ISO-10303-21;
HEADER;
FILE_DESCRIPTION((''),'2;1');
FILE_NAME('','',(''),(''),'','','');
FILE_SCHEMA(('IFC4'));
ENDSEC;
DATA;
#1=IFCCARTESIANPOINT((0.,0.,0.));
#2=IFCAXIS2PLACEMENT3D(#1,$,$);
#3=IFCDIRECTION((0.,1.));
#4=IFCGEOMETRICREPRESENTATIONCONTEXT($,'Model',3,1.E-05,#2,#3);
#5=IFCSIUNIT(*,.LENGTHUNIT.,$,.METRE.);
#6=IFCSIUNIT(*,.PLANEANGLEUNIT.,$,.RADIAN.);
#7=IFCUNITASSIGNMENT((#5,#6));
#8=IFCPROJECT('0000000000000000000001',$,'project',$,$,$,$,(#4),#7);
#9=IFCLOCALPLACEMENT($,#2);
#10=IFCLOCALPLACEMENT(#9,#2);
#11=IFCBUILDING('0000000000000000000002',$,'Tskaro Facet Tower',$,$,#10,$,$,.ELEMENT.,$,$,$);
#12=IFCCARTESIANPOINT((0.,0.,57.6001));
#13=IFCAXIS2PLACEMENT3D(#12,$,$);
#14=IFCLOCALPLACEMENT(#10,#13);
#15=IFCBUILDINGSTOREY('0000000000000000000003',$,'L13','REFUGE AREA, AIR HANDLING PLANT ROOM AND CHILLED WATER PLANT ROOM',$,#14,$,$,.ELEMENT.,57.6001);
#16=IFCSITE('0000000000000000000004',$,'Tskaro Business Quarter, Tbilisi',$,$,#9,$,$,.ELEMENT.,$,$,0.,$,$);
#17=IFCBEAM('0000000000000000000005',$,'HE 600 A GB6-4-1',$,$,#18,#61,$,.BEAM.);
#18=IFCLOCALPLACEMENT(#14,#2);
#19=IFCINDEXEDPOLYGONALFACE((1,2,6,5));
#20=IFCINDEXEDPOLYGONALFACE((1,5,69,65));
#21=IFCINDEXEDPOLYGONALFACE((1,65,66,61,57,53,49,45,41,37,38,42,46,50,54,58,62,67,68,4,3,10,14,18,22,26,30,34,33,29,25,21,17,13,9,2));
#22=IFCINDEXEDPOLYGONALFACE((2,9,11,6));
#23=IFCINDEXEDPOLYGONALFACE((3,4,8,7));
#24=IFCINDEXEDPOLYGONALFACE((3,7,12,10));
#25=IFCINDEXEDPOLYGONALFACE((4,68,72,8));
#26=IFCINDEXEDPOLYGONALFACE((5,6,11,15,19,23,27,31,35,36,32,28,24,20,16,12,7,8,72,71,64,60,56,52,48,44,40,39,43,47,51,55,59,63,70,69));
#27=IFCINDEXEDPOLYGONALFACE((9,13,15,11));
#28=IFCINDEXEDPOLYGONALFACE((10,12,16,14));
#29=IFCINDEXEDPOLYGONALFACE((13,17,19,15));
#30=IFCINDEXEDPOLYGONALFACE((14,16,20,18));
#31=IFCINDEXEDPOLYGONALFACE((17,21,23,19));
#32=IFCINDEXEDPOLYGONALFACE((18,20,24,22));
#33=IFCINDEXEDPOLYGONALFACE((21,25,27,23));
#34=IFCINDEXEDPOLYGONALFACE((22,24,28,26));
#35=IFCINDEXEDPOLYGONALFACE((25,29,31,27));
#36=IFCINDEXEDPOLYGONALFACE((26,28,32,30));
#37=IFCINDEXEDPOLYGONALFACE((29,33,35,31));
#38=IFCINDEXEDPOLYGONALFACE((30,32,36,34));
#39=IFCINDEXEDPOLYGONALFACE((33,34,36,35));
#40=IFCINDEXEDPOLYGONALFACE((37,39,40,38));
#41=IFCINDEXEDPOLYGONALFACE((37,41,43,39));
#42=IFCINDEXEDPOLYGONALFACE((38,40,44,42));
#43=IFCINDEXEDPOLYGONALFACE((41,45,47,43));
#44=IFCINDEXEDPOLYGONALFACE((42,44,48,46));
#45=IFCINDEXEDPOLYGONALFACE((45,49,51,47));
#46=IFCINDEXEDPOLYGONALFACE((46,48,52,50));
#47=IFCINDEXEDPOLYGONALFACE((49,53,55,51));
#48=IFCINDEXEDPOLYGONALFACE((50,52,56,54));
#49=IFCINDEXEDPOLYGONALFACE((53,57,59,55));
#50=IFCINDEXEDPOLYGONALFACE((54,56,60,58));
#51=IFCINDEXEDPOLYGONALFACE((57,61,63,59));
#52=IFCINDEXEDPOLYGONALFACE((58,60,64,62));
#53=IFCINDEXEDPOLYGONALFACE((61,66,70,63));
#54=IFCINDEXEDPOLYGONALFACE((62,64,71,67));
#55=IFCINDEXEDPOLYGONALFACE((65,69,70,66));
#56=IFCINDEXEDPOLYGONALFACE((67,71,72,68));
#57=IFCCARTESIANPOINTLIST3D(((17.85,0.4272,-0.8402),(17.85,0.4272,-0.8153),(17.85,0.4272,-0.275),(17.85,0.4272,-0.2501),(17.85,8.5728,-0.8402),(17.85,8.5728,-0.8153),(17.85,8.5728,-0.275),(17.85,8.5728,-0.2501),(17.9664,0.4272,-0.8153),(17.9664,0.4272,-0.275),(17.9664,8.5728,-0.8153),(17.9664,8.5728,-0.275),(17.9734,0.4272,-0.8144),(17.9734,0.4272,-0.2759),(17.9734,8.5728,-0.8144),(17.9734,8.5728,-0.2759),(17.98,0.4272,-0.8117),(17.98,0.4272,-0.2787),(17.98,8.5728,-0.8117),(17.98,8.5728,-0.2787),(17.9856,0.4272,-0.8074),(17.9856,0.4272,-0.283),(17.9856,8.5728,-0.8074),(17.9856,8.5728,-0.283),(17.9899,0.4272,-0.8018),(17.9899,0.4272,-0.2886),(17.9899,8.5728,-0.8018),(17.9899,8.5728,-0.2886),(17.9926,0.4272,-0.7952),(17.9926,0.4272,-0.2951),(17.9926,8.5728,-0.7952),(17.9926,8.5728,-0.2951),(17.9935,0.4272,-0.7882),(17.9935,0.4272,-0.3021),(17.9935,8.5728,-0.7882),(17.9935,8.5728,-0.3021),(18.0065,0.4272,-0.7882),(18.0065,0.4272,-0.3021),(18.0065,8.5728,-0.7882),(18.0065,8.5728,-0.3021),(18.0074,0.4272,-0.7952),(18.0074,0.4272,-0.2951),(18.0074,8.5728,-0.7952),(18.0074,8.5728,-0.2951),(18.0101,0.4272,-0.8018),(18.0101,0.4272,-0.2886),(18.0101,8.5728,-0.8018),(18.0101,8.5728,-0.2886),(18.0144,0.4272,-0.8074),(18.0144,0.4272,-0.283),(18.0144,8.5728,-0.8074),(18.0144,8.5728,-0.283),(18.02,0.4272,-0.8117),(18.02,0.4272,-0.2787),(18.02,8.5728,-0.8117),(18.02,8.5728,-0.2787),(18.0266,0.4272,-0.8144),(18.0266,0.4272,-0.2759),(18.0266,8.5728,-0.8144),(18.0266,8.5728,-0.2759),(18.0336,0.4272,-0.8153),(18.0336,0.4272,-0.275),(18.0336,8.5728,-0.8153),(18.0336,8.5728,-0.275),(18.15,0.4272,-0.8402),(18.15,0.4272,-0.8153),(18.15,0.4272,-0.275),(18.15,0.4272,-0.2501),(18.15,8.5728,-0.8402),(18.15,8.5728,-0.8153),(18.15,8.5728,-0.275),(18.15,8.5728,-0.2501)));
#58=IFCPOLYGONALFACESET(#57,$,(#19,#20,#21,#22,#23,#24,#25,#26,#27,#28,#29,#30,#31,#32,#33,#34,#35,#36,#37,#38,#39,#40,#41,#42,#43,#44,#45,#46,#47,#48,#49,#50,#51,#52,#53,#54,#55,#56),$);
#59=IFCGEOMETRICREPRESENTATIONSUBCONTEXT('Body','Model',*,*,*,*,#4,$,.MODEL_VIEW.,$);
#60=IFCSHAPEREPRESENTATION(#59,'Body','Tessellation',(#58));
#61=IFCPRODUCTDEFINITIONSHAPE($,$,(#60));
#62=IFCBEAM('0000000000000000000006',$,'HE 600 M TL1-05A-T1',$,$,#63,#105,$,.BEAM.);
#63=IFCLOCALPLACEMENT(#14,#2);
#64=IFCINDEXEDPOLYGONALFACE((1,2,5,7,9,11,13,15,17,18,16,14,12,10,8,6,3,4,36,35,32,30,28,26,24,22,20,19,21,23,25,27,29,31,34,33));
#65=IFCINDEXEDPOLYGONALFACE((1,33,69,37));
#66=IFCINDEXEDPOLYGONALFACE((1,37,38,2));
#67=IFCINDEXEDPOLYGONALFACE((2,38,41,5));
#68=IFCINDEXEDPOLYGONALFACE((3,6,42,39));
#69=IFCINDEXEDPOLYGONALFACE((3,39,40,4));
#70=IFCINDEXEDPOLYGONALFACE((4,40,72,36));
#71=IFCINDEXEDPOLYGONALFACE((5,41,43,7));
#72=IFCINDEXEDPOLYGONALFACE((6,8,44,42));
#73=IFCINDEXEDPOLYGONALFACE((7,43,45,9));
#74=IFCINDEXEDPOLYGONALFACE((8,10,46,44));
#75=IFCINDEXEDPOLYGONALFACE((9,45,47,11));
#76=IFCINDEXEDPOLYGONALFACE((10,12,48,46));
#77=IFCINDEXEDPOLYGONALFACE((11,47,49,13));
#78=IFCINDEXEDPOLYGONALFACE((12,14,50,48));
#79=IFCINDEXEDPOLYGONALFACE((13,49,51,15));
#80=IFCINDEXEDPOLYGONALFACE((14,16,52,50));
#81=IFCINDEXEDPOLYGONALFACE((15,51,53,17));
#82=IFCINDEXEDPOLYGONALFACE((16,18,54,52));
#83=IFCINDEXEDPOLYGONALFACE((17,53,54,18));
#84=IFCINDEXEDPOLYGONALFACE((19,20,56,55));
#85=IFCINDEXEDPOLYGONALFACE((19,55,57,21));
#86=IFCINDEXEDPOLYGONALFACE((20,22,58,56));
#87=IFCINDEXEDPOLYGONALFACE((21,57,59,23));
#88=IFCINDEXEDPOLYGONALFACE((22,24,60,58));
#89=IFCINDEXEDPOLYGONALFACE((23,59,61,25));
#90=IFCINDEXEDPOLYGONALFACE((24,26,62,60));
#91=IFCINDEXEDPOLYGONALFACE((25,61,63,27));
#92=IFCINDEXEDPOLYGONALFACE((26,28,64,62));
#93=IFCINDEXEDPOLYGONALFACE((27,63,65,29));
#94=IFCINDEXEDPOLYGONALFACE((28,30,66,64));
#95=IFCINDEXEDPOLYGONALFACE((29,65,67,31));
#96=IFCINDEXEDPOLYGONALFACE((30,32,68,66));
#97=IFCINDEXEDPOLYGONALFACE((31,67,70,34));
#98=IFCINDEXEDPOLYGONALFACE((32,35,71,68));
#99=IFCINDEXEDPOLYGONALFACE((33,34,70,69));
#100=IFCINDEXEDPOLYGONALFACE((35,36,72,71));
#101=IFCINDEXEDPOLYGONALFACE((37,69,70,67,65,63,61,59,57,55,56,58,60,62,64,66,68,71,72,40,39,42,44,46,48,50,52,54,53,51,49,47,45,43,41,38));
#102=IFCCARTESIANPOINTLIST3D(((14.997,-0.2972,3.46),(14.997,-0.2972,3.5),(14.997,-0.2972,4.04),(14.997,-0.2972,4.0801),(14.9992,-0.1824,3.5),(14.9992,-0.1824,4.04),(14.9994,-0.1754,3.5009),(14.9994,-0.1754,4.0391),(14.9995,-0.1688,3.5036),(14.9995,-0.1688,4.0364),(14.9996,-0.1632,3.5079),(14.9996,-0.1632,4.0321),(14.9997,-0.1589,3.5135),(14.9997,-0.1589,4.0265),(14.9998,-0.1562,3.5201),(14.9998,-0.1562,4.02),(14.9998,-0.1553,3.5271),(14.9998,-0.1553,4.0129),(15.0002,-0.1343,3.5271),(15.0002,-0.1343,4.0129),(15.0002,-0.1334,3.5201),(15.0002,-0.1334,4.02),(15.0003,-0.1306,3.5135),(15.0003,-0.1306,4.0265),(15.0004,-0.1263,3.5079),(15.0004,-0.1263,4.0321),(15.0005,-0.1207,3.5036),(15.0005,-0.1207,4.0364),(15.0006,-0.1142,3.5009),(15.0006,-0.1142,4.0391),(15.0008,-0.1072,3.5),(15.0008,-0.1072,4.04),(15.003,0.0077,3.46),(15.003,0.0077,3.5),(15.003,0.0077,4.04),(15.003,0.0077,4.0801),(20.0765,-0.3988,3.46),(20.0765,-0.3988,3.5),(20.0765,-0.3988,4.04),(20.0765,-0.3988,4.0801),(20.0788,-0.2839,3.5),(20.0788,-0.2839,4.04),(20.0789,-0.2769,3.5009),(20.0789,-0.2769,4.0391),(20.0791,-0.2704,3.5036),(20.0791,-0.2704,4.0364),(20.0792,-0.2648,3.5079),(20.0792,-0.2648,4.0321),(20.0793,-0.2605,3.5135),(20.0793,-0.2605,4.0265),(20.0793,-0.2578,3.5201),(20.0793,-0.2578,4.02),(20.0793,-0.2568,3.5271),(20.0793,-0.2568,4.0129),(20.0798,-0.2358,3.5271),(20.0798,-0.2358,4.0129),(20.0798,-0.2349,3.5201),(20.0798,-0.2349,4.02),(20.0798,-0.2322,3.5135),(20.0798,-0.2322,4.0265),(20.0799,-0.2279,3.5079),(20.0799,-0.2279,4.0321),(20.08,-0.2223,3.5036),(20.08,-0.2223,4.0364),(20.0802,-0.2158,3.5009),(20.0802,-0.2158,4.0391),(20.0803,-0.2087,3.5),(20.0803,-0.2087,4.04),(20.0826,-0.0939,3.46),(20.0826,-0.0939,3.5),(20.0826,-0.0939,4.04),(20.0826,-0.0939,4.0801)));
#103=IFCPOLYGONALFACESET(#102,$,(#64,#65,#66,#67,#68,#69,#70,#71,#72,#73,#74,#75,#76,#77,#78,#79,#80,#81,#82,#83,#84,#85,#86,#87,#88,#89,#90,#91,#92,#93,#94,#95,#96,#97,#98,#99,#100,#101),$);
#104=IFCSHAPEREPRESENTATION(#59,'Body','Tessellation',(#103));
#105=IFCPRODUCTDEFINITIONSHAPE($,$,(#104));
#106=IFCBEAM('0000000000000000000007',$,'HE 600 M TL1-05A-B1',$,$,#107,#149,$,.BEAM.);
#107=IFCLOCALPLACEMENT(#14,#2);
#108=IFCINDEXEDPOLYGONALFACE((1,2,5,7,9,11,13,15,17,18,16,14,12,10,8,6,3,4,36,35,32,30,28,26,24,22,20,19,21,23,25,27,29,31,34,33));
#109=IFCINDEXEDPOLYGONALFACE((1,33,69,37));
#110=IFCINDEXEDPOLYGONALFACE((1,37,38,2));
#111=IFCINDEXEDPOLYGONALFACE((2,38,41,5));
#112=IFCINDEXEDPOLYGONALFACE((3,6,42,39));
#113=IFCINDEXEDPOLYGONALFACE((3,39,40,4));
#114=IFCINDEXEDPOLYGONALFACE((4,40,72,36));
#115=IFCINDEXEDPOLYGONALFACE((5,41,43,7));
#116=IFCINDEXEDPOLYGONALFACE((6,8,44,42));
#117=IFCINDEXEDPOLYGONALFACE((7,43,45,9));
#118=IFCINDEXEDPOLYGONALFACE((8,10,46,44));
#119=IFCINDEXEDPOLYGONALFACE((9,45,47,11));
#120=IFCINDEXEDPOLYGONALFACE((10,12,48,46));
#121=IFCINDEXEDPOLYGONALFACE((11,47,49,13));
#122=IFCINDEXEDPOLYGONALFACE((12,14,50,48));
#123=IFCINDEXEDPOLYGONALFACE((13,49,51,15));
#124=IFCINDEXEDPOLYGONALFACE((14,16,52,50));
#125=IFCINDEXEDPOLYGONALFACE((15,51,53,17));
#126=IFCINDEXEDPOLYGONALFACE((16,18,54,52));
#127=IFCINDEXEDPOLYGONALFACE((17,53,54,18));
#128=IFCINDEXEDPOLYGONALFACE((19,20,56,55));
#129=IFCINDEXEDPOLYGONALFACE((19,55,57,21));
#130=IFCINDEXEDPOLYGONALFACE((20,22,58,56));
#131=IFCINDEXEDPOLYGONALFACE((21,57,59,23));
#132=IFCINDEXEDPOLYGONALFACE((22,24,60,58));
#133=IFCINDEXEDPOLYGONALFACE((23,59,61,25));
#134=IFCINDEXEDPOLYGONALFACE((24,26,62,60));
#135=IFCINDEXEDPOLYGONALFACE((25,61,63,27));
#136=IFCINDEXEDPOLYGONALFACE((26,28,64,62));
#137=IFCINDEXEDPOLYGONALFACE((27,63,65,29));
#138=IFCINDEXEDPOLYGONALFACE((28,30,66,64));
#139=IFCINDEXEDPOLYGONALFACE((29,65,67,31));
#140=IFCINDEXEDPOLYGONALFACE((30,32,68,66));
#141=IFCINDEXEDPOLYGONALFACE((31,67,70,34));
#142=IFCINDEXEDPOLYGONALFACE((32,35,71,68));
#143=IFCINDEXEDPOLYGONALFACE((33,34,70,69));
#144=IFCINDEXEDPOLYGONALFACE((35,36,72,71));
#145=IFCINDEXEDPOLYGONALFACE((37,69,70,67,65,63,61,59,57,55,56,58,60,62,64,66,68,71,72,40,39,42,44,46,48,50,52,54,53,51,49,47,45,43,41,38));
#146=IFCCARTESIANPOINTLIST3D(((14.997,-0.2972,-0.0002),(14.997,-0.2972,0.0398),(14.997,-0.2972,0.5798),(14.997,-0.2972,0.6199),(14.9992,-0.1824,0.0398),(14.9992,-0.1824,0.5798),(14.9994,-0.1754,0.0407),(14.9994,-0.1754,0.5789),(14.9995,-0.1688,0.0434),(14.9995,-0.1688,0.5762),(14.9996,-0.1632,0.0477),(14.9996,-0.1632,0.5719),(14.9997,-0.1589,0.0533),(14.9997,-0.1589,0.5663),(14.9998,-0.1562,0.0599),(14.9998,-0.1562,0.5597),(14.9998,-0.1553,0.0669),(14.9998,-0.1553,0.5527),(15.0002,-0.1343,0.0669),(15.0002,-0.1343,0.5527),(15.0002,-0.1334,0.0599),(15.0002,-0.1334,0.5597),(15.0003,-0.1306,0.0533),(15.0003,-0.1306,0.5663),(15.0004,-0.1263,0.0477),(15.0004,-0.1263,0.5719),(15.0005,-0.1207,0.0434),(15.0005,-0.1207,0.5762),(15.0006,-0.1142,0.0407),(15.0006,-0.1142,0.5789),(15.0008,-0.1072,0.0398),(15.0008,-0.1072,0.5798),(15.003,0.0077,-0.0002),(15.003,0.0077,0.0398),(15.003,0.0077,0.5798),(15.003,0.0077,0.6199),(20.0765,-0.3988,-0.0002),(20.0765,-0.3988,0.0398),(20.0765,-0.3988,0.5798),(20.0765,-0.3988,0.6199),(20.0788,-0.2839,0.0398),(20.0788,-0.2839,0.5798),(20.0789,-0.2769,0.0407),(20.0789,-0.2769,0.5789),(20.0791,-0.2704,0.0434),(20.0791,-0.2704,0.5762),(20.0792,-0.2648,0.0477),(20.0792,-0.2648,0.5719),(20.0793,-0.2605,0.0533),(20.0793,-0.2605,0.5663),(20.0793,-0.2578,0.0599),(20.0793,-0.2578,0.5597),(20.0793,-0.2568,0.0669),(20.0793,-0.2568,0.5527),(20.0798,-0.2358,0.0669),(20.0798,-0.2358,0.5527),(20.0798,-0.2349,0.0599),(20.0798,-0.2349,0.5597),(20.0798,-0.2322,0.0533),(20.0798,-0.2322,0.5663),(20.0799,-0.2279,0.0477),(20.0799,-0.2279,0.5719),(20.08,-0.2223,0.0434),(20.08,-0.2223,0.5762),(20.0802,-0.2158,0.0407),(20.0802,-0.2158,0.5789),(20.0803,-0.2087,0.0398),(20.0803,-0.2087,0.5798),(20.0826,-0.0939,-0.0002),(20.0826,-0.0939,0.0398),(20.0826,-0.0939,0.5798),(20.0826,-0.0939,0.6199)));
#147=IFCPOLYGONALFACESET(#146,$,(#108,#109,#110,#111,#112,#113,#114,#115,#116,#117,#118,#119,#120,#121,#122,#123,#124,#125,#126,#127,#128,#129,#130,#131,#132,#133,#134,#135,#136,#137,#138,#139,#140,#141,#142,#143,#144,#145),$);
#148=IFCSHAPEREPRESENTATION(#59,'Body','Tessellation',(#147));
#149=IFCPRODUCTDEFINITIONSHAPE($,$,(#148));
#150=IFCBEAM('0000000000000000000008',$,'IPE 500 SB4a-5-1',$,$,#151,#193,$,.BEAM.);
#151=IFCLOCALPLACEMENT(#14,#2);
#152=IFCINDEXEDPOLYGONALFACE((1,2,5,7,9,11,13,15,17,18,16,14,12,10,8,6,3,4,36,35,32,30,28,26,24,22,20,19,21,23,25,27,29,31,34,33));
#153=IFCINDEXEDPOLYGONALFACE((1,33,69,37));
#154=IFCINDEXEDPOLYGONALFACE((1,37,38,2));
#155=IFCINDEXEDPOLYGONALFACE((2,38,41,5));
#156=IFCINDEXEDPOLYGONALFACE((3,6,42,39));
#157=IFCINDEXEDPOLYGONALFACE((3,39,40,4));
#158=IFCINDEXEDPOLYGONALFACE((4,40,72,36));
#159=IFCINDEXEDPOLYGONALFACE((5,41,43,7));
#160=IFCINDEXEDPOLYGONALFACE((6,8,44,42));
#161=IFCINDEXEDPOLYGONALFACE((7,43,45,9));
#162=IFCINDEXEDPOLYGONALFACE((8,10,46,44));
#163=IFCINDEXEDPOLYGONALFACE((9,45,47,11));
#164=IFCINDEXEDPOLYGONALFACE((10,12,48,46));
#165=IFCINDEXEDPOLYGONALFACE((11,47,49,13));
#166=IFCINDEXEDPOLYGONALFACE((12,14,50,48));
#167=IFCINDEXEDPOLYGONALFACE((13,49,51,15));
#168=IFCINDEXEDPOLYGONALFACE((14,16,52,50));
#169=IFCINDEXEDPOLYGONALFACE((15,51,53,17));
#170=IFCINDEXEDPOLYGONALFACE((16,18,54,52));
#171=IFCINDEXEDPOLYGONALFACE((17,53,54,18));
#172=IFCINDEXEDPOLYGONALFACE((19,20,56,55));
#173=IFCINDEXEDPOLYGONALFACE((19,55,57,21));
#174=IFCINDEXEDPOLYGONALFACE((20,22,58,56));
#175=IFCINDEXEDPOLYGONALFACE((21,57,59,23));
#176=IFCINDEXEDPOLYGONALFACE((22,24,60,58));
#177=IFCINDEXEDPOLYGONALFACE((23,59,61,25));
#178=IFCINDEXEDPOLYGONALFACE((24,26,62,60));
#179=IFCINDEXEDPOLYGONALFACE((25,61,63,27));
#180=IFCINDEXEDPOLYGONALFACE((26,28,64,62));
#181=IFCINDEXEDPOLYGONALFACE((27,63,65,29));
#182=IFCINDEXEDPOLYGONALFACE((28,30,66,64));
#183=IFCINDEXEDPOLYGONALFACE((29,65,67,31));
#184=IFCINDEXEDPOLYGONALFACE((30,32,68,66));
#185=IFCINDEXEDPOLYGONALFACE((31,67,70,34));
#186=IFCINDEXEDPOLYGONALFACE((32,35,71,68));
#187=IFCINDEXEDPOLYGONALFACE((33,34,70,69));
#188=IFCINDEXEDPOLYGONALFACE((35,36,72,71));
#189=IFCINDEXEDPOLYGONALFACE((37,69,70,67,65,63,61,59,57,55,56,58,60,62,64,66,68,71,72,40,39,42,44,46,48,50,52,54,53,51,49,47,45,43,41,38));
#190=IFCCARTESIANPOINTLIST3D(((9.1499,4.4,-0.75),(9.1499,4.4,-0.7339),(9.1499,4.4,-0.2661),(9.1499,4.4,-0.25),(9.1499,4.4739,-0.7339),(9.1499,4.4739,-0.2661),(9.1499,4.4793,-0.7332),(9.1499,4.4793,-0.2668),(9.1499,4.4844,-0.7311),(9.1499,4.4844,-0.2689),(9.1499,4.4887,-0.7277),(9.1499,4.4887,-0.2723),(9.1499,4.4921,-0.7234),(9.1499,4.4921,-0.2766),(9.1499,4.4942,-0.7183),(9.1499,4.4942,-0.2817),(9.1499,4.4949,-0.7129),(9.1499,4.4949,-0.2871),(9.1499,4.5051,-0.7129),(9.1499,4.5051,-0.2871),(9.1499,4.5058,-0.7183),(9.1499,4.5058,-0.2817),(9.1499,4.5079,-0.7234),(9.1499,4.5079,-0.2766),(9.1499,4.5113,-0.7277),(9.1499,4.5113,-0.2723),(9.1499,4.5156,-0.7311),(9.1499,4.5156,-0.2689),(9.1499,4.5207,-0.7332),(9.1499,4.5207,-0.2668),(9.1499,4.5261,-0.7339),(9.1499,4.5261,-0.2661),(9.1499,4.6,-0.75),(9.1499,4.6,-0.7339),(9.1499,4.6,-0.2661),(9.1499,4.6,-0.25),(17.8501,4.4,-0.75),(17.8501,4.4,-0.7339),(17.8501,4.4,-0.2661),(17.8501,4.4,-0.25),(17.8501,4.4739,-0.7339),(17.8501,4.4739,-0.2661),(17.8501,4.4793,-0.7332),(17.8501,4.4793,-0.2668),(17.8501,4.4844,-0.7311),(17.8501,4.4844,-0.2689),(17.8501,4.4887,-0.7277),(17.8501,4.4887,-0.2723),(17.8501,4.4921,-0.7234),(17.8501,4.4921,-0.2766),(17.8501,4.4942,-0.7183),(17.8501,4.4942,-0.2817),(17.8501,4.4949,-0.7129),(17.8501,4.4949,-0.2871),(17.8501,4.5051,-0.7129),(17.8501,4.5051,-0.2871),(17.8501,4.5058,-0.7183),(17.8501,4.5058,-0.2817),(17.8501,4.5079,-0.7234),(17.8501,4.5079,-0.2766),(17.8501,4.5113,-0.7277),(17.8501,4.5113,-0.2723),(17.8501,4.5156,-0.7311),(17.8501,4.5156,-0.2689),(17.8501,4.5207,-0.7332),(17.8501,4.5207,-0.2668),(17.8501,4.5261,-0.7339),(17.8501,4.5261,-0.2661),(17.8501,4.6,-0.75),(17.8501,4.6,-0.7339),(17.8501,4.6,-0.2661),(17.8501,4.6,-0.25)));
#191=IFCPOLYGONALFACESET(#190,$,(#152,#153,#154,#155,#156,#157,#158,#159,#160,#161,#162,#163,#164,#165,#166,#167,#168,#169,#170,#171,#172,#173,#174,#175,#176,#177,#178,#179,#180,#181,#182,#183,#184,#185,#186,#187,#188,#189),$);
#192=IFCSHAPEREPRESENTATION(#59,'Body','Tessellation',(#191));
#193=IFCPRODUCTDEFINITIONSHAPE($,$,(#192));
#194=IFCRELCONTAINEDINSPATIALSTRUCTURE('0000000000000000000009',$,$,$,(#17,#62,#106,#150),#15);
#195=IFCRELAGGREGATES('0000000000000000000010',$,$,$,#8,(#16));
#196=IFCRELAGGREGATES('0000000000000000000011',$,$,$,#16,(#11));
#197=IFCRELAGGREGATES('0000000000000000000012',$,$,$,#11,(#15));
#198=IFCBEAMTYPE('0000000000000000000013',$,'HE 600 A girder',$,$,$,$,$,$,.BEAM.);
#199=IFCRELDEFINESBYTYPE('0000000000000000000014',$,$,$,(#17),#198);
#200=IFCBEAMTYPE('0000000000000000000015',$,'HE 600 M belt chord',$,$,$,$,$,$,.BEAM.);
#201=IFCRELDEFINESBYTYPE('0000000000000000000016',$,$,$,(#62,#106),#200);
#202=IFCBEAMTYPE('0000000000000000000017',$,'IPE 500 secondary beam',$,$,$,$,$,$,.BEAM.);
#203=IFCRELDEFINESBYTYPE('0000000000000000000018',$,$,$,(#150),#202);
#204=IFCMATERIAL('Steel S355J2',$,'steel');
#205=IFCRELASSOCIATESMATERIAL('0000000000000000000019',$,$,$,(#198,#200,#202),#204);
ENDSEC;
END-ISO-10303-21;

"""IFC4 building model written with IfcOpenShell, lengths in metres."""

from ifc_helpers import new_model, si_unit, direction, frame, origin, origin_2d, place, context, subcontext, project, spatial, i_section, extrude, material, material_profile, profile_set, type_object, element, save


model = new_model("IFC4")

# Units and contexts
model_context = context("Model", 3, precision=1e-05, world=origin(), true_north=direction((0.0, 1.0)))
body_context = subcontext(model_context, "Body", "Model", "MODEL_VIEW")
ifc_project = project(units=[si_unit("LENGTHUNIT", "METRE"), si_unit("PLANEANGLEUNIT", "RADIAN")], contexts=[model_context])

# Site, building, storey
site_placement = place(None, origin())
site = spatial("IfcSite", under=ifc_project, at=site_placement, Name="Tskaro Business Quarter, Tbilisi", CompositionType="ELEMENT", RefElevation=0.0)
building_placement = place(site_placement, origin())
building = spatial("IfcBuilding", under=site, at=building_placement, Name="Tskaro Facet Tower", CompositionType="ELEMENT")
storey_placement = place(building_placement, frame((0.0, 0.0, 57.6001)))
storey = spatial("IfcBuildingStorey", under=building, at=storey_placement, Name="L13", Description="REFUGE AREA, AIR HANDLING PLANT ROOM AND CHILLED WATER PLANT ROOM", CompositionType="ELEMENT", Elevation=57.6001)

# Beams
ifc_material_1 = material(Name="Steel S355J2", Category="steel")
ifc_material_profile_1 = material_profile(ifc_material_1, i_section(OverallWidth=0.3, OverallDepth=0.5901, WebThickness=0.0129, FlangeThickness=0.0249, FilletRadius=0.0271, at=origin_2d()), Name="HE 600 A")
ifc_profile_set_1 = profile_set([ifc_material_profile_1], Name="Steel S355J2")
beam_type_1 = type_object("IfcBeamType", Name="HE 600 A girder", PredefinedType="BEAM", material=ifc_profile_set_1)
beam_1_placement = place(storey_placement, frame((18.0, 0.4272, -0.5452), z_axis=(0.0, 1.0, 0.0), x_axis=(-1.0, 0.0, 0.0)))
element("IfcBeam", 1, at=beam_1_placement, inside=storey, type_object=beam_type_1, Name="HE 600 A GB6-4-1", PredefinedType="BEAM", context=body_context, shape_type="SweptSolid", body=[
    extrude(i_section(OverallWidth=0.3, OverallDepth=0.5901, WebThickness=0.0129, FlangeThickness=0.0249, FilletRadius=0.0271, at=origin_2d()), origin(), (0.0, 0.0, 1.0), 8.1455),
])
ifc_material_profile_2 = material_profile(ifc_material_1, i_section(OverallWidth=0.3049, OverallDepth=0.6201, WebThickness=0.021, FlangeThickness=0.04, FilletRadius=0.0271, at=origin_2d()), Name="HE 600 M")
ifc_profile_set_2 = profile_set([ifc_material_profile_2], Name="Steel S355J2")
beam_type_2 = type_object("IfcBeamType", Name="HE 600 M belt chord", PredefinedType="BEAM", material=ifc_profile_set_2)
for number, where, z_axis, x_axis, name in (
    (2, (15.0, -0.1448, 3.77), (0.9998, -0.01999, 0.0), (0.01999, 0.9998, 0.0), "HE 600 M TL1-05A-T1"),
    (3, (15.0, -0.1448, 0.3098), (0.9998, -0.01999, 0.0), (0.01999, 0.9998, 0.0), "HE 600 M TL1-05A-B1"),
):
    element("IfcBeam", number, at=place(storey_placement, frame(where, z_axis=z_axis, x_axis=x_axis)), inside=storey, type_object=beam_type_2, Name=name, PredefinedType="BEAM", context=body_context, shape_type="SweptSolid", body=[
        extrude(i_section(OverallWidth=0.3049, OverallDepth=0.6201, WebThickness=0.021, FlangeThickness=0.04, FilletRadius=0.0271, at=origin_2d()), origin(), (0.0, 0.0, 1.0), 5.0806),
    ])
ifc_material_profile_3 = material_profile(ifc_material_1, i_section(OverallWidth=0.2, OverallDepth=0.5, WebThickness=0.0103, FlangeThickness=0.0161, FilletRadius=0.021, at=origin_2d()), Name="IPE 500")
ifc_profile_set_3 = profile_set([ifc_material_profile_3], Name="Steel S355J2")
beam_type_3 = type_object("IfcBeamType", Name="IPE 500 secondary beam", PredefinedType="BEAM", material=ifc_profile_set_3)
beam_2_placement = place(storey_placement, frame((9.1499, 4.5, -0.5), z_axis=(1.0, 0.0, 0.0), x_axis=(0.0, 1.0, 0.0)))
element("IfcBeam", 4, at=beam_2_placement, inside=storey, type_object=beam_type_3, Name="IPE 500 SB4a-5-1", PredefinedType="BEAM", context=body_context, shape_type="SweptSolid", body=[
    extrude(i_section(OverallWidth=0.2, OverallDepth=0.5, WebThickness=0.0103, FlangeThickness=0.0161, FilletRadius=0.021, at=origin_2d()), origin(), (0.0, 0.0, 1.0), 8.7002),
])

save(model, "model.ifc")
